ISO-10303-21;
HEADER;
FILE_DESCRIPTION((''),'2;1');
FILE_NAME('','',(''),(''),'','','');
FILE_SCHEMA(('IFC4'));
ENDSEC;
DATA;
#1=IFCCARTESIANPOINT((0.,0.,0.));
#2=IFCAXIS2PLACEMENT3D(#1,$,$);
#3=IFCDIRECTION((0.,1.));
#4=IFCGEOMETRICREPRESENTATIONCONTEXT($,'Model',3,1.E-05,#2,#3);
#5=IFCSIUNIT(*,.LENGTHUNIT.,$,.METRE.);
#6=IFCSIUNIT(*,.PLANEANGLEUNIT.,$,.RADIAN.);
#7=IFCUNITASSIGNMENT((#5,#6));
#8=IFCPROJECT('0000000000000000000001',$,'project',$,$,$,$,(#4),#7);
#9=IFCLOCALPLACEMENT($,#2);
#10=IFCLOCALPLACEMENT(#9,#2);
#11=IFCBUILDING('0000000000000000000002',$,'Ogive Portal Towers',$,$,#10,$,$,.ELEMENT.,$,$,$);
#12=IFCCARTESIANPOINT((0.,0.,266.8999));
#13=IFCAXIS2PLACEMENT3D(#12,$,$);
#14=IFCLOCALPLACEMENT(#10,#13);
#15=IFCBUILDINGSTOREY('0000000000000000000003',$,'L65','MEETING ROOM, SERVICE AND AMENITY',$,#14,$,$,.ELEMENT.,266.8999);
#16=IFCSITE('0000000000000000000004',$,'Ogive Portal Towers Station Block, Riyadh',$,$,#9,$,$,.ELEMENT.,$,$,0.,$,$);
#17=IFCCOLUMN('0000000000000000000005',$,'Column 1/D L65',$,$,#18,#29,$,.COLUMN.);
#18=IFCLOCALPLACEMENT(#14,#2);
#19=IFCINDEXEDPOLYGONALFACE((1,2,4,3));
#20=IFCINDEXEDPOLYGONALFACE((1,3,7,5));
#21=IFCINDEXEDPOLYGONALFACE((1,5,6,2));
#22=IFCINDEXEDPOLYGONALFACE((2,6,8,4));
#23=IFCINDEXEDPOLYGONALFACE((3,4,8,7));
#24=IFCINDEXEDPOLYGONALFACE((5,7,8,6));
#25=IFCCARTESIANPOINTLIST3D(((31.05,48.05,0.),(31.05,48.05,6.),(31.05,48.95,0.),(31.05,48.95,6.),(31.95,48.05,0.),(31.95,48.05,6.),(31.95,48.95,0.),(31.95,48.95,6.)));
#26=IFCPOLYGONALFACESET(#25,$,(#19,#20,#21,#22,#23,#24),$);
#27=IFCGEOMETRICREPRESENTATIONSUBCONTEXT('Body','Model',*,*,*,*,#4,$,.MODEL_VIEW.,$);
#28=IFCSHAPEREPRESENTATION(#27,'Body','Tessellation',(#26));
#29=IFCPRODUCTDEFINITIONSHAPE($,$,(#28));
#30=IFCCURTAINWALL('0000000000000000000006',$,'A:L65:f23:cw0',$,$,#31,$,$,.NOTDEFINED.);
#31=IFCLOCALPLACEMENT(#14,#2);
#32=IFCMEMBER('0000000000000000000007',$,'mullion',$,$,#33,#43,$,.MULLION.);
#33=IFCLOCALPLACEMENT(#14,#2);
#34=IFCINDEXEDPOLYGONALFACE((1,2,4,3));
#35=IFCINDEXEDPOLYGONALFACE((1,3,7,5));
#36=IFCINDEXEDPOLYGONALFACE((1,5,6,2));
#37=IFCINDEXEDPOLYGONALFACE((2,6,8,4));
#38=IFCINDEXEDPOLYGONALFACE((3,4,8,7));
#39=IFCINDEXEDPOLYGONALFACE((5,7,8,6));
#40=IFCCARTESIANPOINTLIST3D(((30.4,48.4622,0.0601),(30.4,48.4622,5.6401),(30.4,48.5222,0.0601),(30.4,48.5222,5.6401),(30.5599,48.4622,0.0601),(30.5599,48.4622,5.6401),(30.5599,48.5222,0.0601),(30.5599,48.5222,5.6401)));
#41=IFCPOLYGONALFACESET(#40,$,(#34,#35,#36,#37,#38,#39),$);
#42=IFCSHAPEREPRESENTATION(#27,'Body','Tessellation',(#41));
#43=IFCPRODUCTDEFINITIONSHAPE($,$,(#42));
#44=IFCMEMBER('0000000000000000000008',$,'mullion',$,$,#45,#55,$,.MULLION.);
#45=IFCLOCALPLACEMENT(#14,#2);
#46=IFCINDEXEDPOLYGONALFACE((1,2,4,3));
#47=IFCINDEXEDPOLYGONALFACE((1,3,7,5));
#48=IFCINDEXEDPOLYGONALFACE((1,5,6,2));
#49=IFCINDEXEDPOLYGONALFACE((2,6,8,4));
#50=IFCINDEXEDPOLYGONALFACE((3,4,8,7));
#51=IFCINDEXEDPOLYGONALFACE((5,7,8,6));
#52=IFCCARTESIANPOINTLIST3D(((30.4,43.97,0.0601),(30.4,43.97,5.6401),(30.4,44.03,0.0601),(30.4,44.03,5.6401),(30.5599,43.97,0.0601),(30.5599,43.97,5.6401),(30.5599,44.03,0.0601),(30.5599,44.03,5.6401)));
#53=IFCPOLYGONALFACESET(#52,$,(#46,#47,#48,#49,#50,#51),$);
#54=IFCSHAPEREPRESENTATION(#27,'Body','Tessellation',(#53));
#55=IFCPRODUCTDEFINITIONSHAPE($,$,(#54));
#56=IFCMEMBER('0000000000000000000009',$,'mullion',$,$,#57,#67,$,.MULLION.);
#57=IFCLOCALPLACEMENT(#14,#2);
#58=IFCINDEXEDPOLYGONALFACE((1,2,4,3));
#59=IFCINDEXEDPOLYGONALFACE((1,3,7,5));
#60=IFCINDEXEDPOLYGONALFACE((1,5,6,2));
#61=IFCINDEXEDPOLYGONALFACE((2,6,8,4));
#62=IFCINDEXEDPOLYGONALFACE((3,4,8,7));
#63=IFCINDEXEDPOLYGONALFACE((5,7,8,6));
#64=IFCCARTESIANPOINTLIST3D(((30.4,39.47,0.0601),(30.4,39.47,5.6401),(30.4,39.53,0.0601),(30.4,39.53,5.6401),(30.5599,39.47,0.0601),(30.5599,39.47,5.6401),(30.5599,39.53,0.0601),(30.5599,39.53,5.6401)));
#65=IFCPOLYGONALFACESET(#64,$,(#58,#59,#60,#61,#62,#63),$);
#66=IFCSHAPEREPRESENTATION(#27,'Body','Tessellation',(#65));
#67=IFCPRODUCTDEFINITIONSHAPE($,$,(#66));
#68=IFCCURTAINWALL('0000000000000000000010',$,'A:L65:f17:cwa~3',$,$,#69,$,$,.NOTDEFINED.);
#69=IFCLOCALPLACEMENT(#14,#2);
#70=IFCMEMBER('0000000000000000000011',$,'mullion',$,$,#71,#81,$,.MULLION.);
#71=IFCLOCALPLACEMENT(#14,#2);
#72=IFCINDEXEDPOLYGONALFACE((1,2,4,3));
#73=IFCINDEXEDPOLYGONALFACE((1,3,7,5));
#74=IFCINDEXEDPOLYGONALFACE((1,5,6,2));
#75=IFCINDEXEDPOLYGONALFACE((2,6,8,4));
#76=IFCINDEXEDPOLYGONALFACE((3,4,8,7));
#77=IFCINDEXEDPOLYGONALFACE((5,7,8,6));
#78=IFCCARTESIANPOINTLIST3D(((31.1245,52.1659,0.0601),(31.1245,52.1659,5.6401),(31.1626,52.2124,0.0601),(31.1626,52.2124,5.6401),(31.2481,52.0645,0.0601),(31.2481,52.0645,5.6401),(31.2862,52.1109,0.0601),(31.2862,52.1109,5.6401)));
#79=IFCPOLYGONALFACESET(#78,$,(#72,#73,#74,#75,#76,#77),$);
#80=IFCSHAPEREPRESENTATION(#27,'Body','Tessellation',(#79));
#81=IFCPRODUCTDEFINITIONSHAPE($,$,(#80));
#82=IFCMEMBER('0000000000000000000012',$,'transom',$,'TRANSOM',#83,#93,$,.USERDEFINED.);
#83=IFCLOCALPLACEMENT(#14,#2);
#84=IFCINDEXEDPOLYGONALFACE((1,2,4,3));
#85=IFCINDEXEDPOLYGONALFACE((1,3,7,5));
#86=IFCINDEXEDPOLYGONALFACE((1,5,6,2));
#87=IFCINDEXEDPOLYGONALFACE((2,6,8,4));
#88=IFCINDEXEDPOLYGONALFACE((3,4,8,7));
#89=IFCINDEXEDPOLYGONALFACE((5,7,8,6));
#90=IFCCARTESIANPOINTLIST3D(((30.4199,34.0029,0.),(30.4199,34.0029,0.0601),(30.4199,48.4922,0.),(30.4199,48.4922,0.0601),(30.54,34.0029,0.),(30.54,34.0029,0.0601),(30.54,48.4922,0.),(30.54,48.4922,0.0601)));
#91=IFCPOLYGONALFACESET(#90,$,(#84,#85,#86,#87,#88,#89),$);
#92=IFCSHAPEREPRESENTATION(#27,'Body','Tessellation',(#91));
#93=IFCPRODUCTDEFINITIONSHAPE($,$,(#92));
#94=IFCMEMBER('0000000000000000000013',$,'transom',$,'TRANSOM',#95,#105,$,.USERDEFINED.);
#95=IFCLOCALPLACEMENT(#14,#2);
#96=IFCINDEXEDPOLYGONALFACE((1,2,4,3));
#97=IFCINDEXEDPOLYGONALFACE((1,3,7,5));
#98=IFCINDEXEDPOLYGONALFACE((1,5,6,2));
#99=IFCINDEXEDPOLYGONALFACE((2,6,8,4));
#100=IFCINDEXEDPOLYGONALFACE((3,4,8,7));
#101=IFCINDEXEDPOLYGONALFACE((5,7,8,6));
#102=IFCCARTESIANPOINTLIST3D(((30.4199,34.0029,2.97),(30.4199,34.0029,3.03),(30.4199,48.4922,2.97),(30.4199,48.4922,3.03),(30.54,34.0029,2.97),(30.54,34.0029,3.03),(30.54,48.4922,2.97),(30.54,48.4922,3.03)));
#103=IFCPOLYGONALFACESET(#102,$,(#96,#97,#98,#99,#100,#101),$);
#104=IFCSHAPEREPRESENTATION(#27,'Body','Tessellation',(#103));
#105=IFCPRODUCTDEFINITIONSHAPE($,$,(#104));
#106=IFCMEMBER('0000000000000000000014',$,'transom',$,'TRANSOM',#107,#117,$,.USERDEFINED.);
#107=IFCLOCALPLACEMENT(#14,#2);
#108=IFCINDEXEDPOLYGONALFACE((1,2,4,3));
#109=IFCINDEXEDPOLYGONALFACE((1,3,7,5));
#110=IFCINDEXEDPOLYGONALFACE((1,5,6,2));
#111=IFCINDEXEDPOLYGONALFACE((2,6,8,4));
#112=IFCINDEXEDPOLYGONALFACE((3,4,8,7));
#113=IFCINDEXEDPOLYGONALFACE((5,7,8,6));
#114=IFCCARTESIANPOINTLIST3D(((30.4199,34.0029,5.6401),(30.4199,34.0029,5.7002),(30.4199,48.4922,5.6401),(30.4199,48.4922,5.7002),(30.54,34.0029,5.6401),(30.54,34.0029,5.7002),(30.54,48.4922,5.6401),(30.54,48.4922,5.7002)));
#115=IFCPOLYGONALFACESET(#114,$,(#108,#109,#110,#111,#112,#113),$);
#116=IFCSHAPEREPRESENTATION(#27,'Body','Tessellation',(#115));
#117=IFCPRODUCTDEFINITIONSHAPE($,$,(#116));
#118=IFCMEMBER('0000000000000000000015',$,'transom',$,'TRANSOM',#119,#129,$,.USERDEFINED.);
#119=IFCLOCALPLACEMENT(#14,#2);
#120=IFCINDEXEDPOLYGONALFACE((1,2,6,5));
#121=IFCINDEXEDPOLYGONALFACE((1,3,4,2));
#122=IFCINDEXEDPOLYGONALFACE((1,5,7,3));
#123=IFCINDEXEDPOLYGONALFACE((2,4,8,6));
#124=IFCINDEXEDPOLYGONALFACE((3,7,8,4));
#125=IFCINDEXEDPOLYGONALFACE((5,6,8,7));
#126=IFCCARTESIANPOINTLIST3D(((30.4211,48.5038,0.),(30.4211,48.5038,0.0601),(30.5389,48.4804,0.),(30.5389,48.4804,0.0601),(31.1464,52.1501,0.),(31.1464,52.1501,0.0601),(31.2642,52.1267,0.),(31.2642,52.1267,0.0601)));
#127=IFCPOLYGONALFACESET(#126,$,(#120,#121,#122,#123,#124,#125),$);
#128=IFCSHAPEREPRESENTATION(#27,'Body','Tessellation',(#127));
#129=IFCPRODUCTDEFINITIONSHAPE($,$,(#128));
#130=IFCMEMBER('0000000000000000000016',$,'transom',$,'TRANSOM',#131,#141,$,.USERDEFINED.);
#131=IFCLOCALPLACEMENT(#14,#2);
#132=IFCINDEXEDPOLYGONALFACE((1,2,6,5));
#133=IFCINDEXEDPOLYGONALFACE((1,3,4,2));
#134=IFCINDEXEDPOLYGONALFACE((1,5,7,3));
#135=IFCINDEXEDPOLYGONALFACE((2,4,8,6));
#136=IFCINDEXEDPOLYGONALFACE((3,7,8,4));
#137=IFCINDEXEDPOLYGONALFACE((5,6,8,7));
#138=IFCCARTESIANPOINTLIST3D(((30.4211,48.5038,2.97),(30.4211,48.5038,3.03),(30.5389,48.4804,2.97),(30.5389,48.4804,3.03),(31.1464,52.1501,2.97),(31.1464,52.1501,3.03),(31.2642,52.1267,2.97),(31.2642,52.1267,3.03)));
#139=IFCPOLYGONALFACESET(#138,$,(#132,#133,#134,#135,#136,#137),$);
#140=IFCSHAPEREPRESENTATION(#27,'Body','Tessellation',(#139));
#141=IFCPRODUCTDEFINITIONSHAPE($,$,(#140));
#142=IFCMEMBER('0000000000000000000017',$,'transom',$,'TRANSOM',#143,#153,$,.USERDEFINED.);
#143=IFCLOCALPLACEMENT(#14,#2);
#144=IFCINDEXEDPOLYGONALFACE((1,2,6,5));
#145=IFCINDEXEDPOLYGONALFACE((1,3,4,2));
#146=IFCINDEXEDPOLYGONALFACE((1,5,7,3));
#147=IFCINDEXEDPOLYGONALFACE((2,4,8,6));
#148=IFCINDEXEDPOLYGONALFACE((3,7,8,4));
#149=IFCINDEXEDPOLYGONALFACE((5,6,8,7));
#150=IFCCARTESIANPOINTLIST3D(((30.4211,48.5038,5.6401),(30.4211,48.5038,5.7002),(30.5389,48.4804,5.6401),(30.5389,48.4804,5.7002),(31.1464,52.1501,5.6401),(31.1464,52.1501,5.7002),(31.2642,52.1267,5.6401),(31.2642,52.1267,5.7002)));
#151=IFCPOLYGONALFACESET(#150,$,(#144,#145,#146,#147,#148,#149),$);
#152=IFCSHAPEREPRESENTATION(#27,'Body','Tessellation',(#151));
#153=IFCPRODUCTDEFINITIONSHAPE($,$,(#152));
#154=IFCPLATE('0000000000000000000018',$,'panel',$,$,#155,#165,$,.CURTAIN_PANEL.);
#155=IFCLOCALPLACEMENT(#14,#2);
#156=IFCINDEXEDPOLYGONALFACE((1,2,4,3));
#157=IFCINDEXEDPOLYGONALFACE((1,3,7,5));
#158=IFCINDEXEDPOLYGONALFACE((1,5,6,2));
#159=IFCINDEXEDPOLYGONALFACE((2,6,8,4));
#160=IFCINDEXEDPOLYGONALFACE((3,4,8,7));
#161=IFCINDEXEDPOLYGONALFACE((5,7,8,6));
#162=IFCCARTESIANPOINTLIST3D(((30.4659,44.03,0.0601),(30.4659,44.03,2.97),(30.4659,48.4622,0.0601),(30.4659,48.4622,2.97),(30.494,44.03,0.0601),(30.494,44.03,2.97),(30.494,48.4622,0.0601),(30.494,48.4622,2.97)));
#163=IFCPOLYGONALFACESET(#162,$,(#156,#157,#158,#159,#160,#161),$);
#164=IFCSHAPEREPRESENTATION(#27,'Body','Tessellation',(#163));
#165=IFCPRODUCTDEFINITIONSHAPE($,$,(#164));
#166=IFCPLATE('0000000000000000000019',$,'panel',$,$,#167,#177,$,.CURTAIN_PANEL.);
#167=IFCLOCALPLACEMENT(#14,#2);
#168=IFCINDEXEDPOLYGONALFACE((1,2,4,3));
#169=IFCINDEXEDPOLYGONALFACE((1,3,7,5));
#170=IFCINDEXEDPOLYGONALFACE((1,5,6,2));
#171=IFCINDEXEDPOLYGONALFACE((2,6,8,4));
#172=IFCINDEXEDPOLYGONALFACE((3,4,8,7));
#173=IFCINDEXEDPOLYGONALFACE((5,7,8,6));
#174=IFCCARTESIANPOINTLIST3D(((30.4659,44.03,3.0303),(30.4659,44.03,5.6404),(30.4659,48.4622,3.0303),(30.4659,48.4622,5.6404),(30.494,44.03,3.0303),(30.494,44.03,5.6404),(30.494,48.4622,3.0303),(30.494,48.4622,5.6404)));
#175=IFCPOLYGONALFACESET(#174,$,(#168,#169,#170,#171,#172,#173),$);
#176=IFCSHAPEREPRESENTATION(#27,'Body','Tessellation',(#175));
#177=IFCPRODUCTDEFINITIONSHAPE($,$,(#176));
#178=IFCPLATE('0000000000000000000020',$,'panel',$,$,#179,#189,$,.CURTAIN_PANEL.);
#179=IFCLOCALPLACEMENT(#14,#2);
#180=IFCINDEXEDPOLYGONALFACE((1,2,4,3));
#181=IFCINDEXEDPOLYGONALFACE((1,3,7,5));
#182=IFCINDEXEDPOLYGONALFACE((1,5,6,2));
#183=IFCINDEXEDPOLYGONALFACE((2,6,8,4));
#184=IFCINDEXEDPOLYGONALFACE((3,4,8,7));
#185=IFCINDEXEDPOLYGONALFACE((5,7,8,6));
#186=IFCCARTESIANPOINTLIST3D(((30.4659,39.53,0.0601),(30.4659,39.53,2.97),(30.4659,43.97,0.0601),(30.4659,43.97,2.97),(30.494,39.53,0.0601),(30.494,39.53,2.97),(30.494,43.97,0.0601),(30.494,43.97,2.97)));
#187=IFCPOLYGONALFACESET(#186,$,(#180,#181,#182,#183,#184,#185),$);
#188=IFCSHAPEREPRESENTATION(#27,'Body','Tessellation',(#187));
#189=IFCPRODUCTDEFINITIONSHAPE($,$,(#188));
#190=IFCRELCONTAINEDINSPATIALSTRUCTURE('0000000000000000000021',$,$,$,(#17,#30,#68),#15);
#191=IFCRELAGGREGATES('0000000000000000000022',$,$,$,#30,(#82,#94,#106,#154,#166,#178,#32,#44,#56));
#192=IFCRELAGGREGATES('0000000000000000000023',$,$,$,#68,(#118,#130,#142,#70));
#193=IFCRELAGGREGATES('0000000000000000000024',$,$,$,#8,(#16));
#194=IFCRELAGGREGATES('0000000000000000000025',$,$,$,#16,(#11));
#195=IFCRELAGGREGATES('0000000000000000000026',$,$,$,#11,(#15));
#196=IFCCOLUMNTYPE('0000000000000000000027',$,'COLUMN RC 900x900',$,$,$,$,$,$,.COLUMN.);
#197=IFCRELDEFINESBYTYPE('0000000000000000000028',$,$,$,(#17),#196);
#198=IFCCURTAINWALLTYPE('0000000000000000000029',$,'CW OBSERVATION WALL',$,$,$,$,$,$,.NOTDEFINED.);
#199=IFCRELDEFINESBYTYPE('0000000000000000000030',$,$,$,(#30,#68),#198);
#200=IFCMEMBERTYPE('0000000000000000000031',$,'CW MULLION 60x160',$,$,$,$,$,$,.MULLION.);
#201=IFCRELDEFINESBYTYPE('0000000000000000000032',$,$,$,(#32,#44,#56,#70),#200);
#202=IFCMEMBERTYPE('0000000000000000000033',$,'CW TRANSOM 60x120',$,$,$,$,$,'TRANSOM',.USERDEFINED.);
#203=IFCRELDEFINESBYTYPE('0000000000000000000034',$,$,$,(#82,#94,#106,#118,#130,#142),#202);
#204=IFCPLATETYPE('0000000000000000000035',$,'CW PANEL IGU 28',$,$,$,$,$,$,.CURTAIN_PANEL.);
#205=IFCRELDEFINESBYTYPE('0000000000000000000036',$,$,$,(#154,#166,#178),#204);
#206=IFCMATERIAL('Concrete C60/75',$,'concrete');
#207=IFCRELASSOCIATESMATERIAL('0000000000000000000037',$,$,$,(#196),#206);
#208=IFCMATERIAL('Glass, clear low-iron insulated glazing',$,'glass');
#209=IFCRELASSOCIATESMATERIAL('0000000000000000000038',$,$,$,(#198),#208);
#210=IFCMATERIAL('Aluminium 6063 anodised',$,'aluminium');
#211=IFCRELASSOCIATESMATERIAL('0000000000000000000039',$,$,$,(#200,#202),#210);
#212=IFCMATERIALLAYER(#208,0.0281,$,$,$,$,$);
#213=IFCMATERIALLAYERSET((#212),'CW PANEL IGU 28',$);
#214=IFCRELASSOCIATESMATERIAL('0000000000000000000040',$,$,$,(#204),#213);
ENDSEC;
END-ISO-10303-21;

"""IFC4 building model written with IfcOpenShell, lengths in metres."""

from ifc_helpers import new_model, si_unit, direction, frame, origin, origin_2d, place, context, subcontext, project, spatial, rectangle, extrude, material, layer, layer_set, material_profile, profile_set, type_object, element, aggregate, save


model = new_model("IFC4")

# Units and contexts
model_context = context("Model", 3, precision=1e-05, world=origin(), true_north=direction((0.0, 1.0)))
body_context = subcontext(model_context, "Body", "Model", "MODEL_VIEW")
ifc_project = project(units=[si_unit("LENGTHUNIT", "METRE"), si_unit("PLANEANGLEUNIT", "RADIAN")], contexts=[model_context])

# Site, building, storey
site_placement = place(None, origin())
site = spatial("IfcSite", under=ifc_project, at=site_placement, Name="Ogive Portal Towers Station Block, Riyadh", CompositionType="ELEMENT", RefElevation=0.0)
building_placement = place(site_placement, origin())
building = spatial("IfcBuilding", under=site, at=building_placement, Name="Ogive Portal Towers", CompositionType="ELEMENT")
storey_placement = place(building_placement, frame((0.0, 0.0, 266.8999)))
storey = spatial("IfcBuildingStorey", under=building, at=storey_placement, Name="L65", Description="MEETING ROOM, SERVICE AND AMENITY", CompositionType="ELEMENT", Elevation=266.8999)

# Column
ifc_material_1 = material(Name="Concrete C60/75", Category="concrete")
ifc_material_profile_1 = material_profile(ifc_material_1, rectangle(XDim=0.8999, YDim=0.8999, at=origin_2d()), Name="RC 900x900")
ifc_profile_set_1 = profile_set([ifc_material_profile_1], Name="Concrete C60/75")
column_type = type_object("IfcColumnType", Name="COLUMN RC 900x900", PredefinedType="COLUMN", material=ifc_profile_set_1)
column_placement = place(storey_placement, frame((31.5, 48.5, 0.0), z_axis=(0.0, 0.0, 1.0), x_axis=(1.0, 0.0, 0.0)))
element("IfcColumn", 1, at=column_placement, inside=storey, type_object=column_type, Name="Column 1/D L65", PredefinedType="COLUMN", context=body_context, shape_type="SweptSolid", body=[
    extrude(rectangle(XDim=0.8999, YDim=0.8999, at=origin_2d()), origin(), (0.0, 0.0, 1.0), 6.0),
])

# Curtain wall, members
ifc_material_2 = material(Name="Glass, clear low-iron insulated glazing", Category="glass")
curtain_wall_type = type_object("IfcCurtainWallType", Name="CW OBSERVATION WALL", PredefinedType="NOTDEFINED", material=ifc_material_2)
curtain_wall_1_placement = place(storey_placement, origin())
curtain_wall_1 = element("IfcCurtainWall", 2, at=curtain_wall_1_placement, inside=storey, type_object=curtain_wall_type, Name="A:L65:f23:cw0", PredefinedType="NOTDEFINED")
ifc_material_3 = material(Name="Aluminium 6063 anodised", Category="aluminium")
ifc_material_profile_2 = material_profile(ifc_material_3, rectangle(XDim=0.1599, YDim=0.0601, at=origin_2d()), Name="AL 60x160")
ifc_profile_set_2 = profile_set([ifc_material_profile_2], Name="Aluminium 6063 anodised")
member_type_1 = type_object("IfcMemberType", Name="CW MULLION 60x160", PredefinedType="MULLION", material=ifc_profile_set_2)
member_1_placement = place(storey_placement, frame((30.48, 48.4922, 0.0601), z_axis=(0.0, 0.0, 1.0), x_axis=(1.0, 0.0, 0.0)))
member_1 = element("IfcMember", 3, at=member_1_placement, type_object=member_type_1, Name="mullion", PredefinedType="MULLION", context=body_context, shape_type="SweptSolid", body=[
    extrude(rectangle(XDim=0.1599, YDim=0.0601, at=origin_2d()), origin(), (0.0, 0.0, 1.0), 5.5801),
])
member_2_placement = place(storey_placement, frame((30.48, 44.0, 0.0601), z_axis=(0.0, 0.0, 1.0), x_axis=(1.0, 0.0, 0.0)))
member_2 = element("IfcMember", 4, at=member_2_placement, type_object=member_type_1, Name="mullion", PredefinedType="MULLION", context=body_context, shape_type="SweptSolid", body=[
    extrude(rectangle(XDim=0.1599, YDim=0.0601, at=origin_2d()), origin(), (0.0, 0.0, 1.0), 5.5801),
])
member_3_placement = place(storey_placement, frame((30.48, 39.5, 0.0601), z_axis=(0.0, 0.0, 1.0), x_axis=(1.0, 0.0, 0.0)))
member_3 = element("IfcMember", 5, at=member_3_placement, type_object=member_type_1, Name="mullion", PredefinedType="MULLION", context=body_context, shape_type="SweptSolid", body=[
    extrude(rectangle(XDim=0.1599, YDim=0.0601, at=origin_2d()), origin(), (0.0, 0.0, 1.0), 5.5801),
])

# Curtain wall, member
curtain_wall_2_placement = place(storey_placement, origin())
curtain_wall_2 = element("IfcCurtainWall", 6, at=curtain_wall_2_placement, inside=storey, type_object=curtain_wall_type, Name="A:L65:f17:cwa~3", PredefinedType="NOTDEFINED")
member_4_placement = place(storey_placement, frame((31.2053, 52.1384, 0.0601), z_axis=(0.0, 0.0, 1.0), x_axis=(0.77301, -0.634393, 0.0)))
member_4 = element("IfcMember", 7, at=member_4_placement, type_object=member_type_1, Name="mullion", PredefinedType="MULLION", context=body_context, shape_type="SweptSolid", body=[
    extrude(rectangle(XDim=0.1599, YDim=0.0601, at=origin_2d()), origin(), (0.0, 0.0, 1.0), 5.5801),
])

# Members
ifc_material_profile_3 = material_profile(ifc_material_3, rectangle(XDim=0.1201, YDim=0.0601, at=origin_2d()), Name="AL 120x60")
ifc_profile_set_3 = profile_set([ifc_material_profile_3], Name="Aluminium 6063 anodised")
member_type_2 = type_object("IfcMemberType", Name="CW TRANSOM 60x120", ElementType="TRANSOM", PredefinedType="USERDEFINED", material=ifc_profile_set_3)
member_5_placement = place(storey_placement, frame((30.48, 48.4922, 0.03), z_axis=(0.0, -1.0, 0.0), x_axis=(1.0, 0.0, 0.0)))
member_5 = element("IfcMember", 8, at=member_5_placement, type_object=member_type_2, Name="transom", ObjectType="TRANSOM", PredefinedType="USERDEFINED", context=body_context, shape_type="SweptSolid", body=[
    extrude(rectangle(XDim=0.1201, YDim=0.0601, at=origin_2d()), origin(), (0.0, 0.0, 1.0), 14.4893),
])
member_6_placement = place(storey_placement, frame((30.48, 48.4922, 3.0), z_axis=(0.0, -1.0, 0.0), x_axis=(1.0, 0.0, 0.0)))
member_6 = element("IfcMember", 9, at=member_6_placement, type_object=member_type_2, Name="transom", ObjectType="TRANSOM", PredefinedType="USERDEFINED", context=body_context, shape_type="SweptSolid", body=[
    extrude(rectangle(XDim=0.1201, YDim=0.0601, at=origin_2d()), origin(), (0.0, 0.0, 1.0), 14.4893),
])
member_7_placement = place(storey_placement, frame((30.48, 48.4922, 5.6702), z_axis=(0.0, -1.0, 0.0), x_axis=(1.0, 0.0, 0.0)))
member_7 = element("IfcMember", 10, at=member_7_placement, type_object=member_type_2, Name="transom", ObjectType="TRANSOM", PredefinedType="USERDEFINED", context=body_context, shape_type="SweptSolid", body=[
    extrude(rectangle(XDim=0.1201, YDim=0.0601, at=origin_2d()), origin(), (0.0, 0.0, 1.0), 14.4893),
])
member_8_placement = place(storey_placement, frame((31.2053, 52.1384, 0.03), z_axis=(-0.195106, -0.980782, 0.0), x_axis=(0.980782, -0.195106, 0.0)))
member_8 = element("IfcMember", 11, at=member_8_placement, type_object=member_type_2, Name="transom", ObjectType="TRANSOM", PredefinedType="USERDEFINED", context=body_context, shape_type="SweptSolid", body=[
    extrude(rectangle(XDim=0.1201, YDim=0.0601, at=origin_2d()), origin(), (0.0, 0.0, 1.0), 3.7178),
])
member_9_placement = place(storey_placement, frame((31.2053, 52.1384, 3.0), z_axis=(-0.195106, -0.980782, 0.0), x_axis=(0.980782, -0.195106, 0.0)))
member_9 = element("IfcMember", 12, at=member_9_placement, type_object=member_type_2, Name="transom", ObjectType="TRANSOM", PredefinedType="USERDEFINED", context=body_context, shape_type="SweptSolid", body=[
    extrude(rectangle(XDim=0.1201, YDim=0.0601, at=origin_2d()), origin(), (0.0, 0.0, 1.0), 3.7178),
])
member_10_placement = place(storey_placement, frame((31.2053, 52.1384, 5.6702), z_axis=(-0.195106, -0.980782, 0.0), x_axis=(0.980782, -0.195106, 0.0)))
member_10 = element("IfcMember", 13, at=member_10_placement, type_object=member_type_2, Name="transom", ObjectType="TRANSOM", PredefinedType="USERDEFINED", context=body_context, shape_type="SweptSolid", body=[
    extrude(rectangle(XDim=0.1201, YDim=0.0601, at=origin_2d()), origin(), (0.0, 0.0, 1.0), 3.7178),
])

# Plates
ifc_layer_1 = layer(ifc_material_2, 0.0281)
ifc_layer_set_1 = layer_set([ifc_layer_1], Name="CW PANEL IGU 28")
plate_type = type_object("IfcPlateType", Name="CW PANEL IGU 28", PredefinedType="CURTAIN_PANEL", material=ifc_layer_set_1)
plate_1_placement = place(storey_placement, frame((30.48, 46.2461, 0.0601), z_axis=(0.0, 0.0, 1.0), x_axis=(0.0, -1.0, 0.0)))
plate_1 = element("IfcPlate", 14, at=plate_1_placement, type_object=plate_type, Name="panel", PredefinedType="CURTAIN_PANEL", context=body_context, shape_type="SweptSolid", body=[
    extrude(rectangle(XDim=4.4321, YDim=0.0281, at=origin_2d()), origin(), (0.0, 0.0, 1.0), 2.9099),
])
plate_2_placement = place(storey_placement, frame((30.48, 46.2461, 3.0303), z_axis=(0.0, 0.0, 1.0), x_axis=(0.0, -1.0, 0.0)))
plate_2 = element("IfcPlate", 15, at=plate_2_placement, type_object=plate_type, Name="panel", PredefinedType="CURTAIN_PANEL", context=body_context, shape_type="SweptSolid", body=[
    extrude(rectangle(XDim=4.4321, YDim=0.0281, at=origin_2d()), origin(), (0.0, 0.0, 1.0), 2.6101),
])
plate_3_placement = place(storey_placement, frame((30.48, 41.75, 0.0601), z_axis=(0.0, 0.0, 1.0), x_axis=(0.0, -1.0, 0.0)))
plate_3 = element("IfcPlate", 16, at=plate_3_placement, type_object=plate_type, Name="panel", PredefinedType="CURTAIN_PANEL", context=body_context, shape_type="SweptSolid", body=[
    extrude(rectangle(XDim=4.4399, YDim=0.0281, at=origin_2d()), origin(), (0.0, 0.0, 1.0), 2.9099),
])
aggregate(curtain_wall_1, [member_5, member_6, member_7, plate_1, plate_2, plate_3, member_1, member_2, member_3])
aggregate(curtain_wall_2, [member_8, member_9, member_10, member_4])

save(model, "model.ifc")
